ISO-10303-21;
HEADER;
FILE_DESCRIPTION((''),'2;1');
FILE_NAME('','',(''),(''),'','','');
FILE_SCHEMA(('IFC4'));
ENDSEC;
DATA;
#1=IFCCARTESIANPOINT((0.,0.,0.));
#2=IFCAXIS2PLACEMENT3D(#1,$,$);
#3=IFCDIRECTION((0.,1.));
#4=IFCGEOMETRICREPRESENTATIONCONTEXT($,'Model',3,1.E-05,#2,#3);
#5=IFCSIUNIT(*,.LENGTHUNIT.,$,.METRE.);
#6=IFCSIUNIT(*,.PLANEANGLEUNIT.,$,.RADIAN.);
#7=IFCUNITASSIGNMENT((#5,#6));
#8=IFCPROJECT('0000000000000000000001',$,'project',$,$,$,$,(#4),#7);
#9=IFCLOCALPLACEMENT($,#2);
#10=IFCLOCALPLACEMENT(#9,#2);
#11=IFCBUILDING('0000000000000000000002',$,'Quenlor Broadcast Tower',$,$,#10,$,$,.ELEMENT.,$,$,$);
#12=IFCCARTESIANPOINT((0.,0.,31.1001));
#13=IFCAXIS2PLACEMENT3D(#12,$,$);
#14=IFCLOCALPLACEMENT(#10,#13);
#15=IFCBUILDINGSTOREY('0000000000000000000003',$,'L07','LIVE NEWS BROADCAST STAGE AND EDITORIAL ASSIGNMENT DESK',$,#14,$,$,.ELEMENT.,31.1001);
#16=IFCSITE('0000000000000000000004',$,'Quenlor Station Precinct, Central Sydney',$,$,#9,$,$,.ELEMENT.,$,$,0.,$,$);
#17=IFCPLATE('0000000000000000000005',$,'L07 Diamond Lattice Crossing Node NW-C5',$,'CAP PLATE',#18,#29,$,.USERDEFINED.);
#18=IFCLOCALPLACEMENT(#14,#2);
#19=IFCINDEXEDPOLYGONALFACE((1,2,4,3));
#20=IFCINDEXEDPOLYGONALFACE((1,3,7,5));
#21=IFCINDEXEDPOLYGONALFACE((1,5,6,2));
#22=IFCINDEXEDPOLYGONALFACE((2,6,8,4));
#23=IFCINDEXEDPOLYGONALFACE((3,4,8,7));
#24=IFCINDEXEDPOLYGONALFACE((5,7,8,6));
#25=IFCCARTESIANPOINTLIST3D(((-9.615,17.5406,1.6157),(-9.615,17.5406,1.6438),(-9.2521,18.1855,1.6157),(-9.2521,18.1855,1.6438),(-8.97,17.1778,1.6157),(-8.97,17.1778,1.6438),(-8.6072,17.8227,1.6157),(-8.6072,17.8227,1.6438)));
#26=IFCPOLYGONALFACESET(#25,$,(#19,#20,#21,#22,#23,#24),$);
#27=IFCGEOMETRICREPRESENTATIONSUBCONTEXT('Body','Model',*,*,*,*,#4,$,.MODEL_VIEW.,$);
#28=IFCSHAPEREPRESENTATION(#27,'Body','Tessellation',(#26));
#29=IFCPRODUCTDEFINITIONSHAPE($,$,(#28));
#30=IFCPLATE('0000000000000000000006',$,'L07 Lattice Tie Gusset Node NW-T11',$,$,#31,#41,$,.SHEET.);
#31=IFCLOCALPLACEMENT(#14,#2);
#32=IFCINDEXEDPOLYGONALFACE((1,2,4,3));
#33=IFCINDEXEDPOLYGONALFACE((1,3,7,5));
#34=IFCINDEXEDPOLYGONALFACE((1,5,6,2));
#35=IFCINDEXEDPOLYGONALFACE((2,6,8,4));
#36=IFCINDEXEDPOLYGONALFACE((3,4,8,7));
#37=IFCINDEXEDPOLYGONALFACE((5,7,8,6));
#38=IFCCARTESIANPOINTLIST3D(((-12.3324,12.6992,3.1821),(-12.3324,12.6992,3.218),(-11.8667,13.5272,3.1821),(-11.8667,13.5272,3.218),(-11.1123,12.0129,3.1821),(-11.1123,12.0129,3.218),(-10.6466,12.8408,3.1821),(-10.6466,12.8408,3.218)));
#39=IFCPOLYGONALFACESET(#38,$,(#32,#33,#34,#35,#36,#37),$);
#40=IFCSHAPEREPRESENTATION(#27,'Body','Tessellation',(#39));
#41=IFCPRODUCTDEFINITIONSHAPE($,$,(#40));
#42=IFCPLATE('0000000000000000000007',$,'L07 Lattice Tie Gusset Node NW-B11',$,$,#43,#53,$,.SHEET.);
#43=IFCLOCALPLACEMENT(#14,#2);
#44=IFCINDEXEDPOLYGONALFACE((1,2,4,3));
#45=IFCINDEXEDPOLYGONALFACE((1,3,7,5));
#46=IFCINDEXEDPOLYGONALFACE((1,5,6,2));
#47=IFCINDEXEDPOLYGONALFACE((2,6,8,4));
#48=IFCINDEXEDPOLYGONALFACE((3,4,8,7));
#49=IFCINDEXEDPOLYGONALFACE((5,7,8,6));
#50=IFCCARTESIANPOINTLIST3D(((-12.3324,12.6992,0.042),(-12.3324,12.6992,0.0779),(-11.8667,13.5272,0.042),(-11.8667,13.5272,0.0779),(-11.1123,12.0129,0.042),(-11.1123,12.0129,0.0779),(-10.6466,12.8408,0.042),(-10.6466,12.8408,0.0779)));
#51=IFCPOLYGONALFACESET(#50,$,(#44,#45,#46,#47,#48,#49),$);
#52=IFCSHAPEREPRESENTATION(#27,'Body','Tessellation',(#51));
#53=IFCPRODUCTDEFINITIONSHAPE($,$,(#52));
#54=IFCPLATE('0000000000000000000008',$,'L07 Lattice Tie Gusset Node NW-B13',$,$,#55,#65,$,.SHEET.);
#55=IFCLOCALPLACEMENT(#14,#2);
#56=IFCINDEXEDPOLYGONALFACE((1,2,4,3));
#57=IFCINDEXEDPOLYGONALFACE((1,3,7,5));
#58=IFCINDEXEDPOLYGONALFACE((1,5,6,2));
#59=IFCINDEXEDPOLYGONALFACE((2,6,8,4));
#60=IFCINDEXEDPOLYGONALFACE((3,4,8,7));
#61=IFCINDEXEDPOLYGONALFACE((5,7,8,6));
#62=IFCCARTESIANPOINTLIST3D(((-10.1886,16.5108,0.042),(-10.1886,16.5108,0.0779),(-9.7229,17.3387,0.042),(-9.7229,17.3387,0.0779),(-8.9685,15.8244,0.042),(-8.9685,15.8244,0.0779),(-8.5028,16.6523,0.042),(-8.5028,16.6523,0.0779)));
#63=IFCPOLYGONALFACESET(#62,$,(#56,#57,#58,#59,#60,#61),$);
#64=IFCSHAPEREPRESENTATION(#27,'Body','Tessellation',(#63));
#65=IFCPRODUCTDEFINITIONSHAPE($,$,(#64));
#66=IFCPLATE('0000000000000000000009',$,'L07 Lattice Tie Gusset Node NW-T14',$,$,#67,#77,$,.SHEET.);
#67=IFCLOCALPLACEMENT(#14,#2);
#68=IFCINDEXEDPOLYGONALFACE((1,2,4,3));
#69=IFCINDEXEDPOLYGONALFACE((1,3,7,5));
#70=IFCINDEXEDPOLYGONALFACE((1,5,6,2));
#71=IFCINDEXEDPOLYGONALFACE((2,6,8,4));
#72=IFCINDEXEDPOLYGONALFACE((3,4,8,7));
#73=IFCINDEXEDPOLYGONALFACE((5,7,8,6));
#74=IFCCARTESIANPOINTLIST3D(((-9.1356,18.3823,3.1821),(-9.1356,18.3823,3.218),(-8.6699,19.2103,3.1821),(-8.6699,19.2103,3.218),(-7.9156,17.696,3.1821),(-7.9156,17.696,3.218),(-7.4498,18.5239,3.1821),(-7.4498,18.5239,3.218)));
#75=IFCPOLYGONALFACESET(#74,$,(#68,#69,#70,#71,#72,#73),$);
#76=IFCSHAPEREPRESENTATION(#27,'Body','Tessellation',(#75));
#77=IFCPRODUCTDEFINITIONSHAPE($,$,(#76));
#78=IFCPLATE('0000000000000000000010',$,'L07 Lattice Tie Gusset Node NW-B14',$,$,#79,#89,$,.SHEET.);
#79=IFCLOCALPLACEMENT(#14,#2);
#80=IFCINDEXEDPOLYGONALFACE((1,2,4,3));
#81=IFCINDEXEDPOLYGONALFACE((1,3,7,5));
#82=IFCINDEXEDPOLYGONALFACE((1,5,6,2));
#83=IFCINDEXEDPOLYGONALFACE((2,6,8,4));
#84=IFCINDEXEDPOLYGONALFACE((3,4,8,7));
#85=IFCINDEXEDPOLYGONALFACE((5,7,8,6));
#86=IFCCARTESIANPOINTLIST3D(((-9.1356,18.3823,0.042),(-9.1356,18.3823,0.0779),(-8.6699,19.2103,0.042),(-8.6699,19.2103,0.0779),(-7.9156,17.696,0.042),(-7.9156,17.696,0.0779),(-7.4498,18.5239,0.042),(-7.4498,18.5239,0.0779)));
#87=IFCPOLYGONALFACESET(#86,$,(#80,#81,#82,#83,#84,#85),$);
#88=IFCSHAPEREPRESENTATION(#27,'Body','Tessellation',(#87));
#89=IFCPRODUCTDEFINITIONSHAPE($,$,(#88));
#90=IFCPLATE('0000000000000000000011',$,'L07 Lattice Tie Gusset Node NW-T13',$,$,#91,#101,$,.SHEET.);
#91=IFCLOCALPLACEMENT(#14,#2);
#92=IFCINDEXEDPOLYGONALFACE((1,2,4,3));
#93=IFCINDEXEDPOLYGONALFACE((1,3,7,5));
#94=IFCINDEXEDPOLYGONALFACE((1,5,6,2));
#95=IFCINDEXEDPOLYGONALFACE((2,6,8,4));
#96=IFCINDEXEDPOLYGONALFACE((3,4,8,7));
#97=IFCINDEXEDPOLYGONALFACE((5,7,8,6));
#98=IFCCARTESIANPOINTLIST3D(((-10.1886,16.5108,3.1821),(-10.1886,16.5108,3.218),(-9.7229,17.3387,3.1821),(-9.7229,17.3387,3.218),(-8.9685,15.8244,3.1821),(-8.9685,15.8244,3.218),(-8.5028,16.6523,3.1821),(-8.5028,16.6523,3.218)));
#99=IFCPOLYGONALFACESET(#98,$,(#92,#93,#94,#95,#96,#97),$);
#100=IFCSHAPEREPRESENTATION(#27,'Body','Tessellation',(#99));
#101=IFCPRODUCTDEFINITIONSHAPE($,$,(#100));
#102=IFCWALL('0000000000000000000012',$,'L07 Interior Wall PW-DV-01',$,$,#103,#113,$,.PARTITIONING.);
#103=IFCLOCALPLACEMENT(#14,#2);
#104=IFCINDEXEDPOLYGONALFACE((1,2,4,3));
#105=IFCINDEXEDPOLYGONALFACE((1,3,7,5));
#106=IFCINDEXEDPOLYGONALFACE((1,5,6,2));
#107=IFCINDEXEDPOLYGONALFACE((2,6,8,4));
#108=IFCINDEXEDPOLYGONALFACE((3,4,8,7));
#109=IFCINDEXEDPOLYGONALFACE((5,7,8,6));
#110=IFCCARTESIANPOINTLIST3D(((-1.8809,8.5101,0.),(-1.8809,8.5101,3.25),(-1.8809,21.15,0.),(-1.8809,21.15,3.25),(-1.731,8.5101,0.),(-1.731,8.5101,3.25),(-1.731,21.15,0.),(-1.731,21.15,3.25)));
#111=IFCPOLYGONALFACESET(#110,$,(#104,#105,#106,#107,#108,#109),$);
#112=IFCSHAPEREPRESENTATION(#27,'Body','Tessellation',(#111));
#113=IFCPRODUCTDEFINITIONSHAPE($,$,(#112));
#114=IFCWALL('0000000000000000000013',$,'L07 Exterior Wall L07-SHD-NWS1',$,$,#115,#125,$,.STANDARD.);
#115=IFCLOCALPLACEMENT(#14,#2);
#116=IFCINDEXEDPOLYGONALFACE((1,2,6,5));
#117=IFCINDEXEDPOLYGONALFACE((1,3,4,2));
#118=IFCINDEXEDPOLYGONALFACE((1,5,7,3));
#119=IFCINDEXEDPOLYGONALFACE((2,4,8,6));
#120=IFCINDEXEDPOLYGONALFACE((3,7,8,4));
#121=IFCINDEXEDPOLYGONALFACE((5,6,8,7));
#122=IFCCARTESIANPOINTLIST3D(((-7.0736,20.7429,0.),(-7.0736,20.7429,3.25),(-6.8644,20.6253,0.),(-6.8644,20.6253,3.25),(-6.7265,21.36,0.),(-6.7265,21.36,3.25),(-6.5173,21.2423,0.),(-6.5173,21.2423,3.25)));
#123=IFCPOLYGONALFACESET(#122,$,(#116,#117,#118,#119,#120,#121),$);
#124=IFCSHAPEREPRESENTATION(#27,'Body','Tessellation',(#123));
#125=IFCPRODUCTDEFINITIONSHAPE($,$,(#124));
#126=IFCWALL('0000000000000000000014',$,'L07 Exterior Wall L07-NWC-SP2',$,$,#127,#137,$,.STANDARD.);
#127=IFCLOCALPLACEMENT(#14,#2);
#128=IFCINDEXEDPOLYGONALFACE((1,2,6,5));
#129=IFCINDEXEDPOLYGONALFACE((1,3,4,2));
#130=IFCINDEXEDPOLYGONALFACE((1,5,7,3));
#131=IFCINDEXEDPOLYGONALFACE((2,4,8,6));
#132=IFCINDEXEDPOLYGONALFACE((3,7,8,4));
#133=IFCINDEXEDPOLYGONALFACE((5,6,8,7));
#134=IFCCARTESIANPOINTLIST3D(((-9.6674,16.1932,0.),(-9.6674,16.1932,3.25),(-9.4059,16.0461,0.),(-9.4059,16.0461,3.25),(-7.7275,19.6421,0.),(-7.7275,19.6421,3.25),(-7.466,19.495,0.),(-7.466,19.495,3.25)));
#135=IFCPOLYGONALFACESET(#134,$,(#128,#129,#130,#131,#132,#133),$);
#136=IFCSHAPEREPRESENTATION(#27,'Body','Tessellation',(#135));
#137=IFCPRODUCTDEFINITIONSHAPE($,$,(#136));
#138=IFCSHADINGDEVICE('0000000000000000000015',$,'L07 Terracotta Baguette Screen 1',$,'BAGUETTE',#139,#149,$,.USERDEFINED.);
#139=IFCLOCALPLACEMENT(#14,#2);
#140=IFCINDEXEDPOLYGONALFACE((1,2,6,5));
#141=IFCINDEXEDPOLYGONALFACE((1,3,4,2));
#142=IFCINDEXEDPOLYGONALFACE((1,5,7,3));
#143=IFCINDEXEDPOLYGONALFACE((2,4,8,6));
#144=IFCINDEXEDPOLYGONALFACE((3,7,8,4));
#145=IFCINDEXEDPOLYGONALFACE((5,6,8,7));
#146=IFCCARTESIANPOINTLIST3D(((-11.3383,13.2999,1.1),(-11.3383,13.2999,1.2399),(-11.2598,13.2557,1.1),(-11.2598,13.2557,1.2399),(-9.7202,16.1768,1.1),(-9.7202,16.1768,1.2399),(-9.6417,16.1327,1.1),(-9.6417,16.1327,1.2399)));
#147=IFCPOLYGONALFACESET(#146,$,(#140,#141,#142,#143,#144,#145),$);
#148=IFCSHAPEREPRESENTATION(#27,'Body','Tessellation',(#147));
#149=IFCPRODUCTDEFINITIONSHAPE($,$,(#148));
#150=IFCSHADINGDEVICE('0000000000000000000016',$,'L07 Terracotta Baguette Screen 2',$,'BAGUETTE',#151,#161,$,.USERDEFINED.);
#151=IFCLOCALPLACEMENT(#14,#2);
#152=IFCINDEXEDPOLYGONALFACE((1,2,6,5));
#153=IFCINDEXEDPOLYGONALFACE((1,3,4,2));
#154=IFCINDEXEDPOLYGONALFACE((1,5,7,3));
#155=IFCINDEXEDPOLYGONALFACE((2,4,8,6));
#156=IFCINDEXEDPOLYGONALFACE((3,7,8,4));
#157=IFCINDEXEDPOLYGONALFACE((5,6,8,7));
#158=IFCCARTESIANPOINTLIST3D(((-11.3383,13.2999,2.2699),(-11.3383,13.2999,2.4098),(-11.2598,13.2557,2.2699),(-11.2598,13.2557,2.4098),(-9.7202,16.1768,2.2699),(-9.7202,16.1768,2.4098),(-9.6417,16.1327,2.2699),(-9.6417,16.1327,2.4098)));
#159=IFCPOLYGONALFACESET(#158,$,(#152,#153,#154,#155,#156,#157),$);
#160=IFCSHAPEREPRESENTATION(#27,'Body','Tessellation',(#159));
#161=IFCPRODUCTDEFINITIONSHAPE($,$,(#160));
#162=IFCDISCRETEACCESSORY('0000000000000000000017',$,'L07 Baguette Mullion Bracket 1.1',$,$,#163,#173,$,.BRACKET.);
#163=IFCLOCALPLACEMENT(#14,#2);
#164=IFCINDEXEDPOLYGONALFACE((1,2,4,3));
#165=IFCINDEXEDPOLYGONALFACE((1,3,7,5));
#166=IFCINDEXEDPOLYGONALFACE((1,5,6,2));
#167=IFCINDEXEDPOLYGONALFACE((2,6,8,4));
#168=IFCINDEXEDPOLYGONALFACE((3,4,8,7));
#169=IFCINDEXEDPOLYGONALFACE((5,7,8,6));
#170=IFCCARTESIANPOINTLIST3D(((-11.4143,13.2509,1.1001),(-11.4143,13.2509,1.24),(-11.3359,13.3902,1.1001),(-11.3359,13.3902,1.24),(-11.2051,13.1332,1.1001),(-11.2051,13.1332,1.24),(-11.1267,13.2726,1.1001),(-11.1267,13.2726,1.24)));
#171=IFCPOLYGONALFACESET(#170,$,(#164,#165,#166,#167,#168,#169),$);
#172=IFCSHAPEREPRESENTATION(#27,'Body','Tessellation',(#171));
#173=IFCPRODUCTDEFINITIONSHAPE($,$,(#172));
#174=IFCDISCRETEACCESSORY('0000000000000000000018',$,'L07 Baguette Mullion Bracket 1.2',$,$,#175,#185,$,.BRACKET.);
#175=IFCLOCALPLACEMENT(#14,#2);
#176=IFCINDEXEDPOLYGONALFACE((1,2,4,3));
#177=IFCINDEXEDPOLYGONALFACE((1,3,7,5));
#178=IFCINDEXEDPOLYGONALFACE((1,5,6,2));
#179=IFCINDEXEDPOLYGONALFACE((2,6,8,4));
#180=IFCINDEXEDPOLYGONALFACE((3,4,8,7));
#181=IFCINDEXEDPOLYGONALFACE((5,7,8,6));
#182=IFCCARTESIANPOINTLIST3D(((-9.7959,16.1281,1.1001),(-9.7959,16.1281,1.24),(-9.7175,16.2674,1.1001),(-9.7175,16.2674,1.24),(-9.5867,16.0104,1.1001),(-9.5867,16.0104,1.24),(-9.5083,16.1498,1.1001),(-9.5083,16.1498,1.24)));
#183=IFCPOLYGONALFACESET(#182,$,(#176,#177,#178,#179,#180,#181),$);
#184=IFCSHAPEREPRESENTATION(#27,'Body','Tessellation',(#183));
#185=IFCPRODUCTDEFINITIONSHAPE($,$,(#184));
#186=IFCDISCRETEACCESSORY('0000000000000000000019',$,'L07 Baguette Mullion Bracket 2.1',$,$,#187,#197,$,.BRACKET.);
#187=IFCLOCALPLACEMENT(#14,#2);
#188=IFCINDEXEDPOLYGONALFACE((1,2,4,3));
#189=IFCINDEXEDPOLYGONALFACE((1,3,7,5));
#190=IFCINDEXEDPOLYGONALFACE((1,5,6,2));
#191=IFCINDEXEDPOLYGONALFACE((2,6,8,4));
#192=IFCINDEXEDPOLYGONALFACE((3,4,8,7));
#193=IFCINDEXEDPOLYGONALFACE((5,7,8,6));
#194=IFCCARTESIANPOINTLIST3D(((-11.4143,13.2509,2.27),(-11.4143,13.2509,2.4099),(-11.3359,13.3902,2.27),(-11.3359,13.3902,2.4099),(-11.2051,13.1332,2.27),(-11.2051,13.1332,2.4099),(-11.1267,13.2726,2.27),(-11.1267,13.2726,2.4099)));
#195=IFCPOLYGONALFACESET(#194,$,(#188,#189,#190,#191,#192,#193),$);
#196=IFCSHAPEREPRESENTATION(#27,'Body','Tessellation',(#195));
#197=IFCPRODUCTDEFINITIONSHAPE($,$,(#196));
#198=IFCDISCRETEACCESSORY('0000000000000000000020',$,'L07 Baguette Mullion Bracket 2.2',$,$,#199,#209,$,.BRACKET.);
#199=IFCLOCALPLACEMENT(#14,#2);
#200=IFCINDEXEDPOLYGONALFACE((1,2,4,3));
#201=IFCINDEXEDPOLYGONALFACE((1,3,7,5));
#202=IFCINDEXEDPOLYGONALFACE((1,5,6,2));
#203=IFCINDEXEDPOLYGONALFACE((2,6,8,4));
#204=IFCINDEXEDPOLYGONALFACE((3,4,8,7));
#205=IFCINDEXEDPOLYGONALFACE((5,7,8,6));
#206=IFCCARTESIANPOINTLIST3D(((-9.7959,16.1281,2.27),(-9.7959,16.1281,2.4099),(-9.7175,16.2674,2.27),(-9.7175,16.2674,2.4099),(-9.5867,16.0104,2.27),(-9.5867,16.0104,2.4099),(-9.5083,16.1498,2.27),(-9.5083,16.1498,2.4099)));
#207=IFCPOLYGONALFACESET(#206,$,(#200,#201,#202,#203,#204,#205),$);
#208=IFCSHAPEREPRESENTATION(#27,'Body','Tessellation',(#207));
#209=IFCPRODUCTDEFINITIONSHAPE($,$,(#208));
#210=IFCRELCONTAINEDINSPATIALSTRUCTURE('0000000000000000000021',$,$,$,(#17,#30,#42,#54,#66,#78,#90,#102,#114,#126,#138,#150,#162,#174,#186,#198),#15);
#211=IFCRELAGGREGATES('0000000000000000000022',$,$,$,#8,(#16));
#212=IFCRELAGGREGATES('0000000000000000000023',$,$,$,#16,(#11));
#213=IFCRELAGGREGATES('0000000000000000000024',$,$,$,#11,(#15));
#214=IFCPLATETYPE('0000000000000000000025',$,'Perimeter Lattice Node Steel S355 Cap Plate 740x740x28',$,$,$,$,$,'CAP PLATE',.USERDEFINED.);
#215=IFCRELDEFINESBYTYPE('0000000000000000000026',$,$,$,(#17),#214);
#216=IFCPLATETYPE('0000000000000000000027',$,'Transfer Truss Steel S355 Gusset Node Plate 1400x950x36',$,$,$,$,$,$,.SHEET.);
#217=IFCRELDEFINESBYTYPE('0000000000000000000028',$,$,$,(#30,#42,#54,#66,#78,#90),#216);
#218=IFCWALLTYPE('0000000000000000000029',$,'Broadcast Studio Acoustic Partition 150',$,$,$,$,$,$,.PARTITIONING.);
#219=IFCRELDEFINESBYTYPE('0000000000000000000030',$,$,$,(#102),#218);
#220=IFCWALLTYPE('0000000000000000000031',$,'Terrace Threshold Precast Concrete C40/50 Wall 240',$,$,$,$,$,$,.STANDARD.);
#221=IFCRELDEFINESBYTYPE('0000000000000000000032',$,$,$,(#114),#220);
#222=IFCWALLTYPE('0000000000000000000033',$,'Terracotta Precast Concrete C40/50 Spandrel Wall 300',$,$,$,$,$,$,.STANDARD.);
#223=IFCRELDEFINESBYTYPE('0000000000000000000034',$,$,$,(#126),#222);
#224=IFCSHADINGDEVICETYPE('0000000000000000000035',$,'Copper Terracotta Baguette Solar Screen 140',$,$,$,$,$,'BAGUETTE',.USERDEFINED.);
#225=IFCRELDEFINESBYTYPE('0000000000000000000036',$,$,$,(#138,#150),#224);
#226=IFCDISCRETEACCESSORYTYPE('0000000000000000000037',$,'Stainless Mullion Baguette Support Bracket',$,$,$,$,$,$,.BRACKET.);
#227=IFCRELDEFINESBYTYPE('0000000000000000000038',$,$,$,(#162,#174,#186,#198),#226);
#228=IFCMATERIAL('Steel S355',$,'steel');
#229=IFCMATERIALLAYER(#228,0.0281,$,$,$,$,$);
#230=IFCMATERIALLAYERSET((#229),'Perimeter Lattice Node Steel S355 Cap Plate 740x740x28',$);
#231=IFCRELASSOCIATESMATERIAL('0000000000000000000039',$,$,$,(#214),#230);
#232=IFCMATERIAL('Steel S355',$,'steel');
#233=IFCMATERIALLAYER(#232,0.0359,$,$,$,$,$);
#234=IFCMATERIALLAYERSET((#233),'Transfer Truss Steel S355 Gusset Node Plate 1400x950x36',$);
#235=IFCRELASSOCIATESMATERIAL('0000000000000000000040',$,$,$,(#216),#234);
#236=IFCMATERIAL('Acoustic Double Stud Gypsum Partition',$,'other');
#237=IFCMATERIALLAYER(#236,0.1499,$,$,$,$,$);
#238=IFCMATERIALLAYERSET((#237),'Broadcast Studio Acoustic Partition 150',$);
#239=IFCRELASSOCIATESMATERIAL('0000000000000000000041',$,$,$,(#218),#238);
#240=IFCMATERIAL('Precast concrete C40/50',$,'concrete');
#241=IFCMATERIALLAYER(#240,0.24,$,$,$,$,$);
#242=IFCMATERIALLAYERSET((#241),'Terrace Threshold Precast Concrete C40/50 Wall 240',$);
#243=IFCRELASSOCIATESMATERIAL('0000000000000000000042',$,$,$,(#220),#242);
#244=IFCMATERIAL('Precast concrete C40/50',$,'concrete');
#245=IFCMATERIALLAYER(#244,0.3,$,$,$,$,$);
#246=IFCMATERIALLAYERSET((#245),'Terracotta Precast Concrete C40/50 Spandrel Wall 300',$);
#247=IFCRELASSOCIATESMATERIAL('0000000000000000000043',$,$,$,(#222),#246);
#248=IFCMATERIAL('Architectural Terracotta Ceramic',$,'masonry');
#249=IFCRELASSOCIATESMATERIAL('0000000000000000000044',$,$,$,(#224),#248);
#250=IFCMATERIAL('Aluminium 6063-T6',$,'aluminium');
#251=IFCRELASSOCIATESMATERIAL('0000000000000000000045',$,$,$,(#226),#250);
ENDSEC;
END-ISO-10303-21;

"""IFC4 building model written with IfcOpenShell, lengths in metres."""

from ifc_helpers import new_model, si_unit, direction, frame, frame_2d, origin, origin_2d, place, context, subcontext, project, spatial, rectangle, extrude, material, layer, layer_set, material_profile, profile_set, type_object, element, save


model = new_model("IFC4")

# Units and contexts
model_context = context("Model", 3, precision=1e-05, world=origin(), true_north=direction((0.0, 1.0)))
body_context = subcontext(model_context, "Body", "Model", "MODEL_VIEW")
ifc_project = project(units=[si_unit("LENGTHUNIT", "METRE"), si_unit("PLANEANGLEUNIT", "RADIAN")], contexts=[model_context])

# Site, building, storey
site_placement = place(None, origin())
site = spatial("IfcSite", under=ifc_project, at=site_placement, Name="Quenlor Station Precinct, Central Sydney", CompositionType="ELEMENT", RefElevation=0.0)
building_placement = place(site_placement, origin())
building = spatial("IfcBuilding", under=site, at=building_placement, Name="Quenlor Broadcast Tower", CompositionType="ELEMENT")
storey_placement = place(building_placement, frame((0.0, 0.0, 31.1001)))
storey = spatial("IfcBuildingStorey", under=building, at=storey_placement, Name="L07", Description="LIVE NEWS BROADCAST STAGE AND EDITORIAL ASSIGNMENT DESK", CompositionType="ELEMENT", Elevation=31.1001)

# Plates
ifc_material_1 = material(Name="Steel S355", Category="steel")
ifc_layer_1 = layer(ifc_material_1, 0.0281)
ifc_layer_set_1 = layer_set([ifc_layer_1], Name="Perimeter Lattice Node Steel S355 Cap Plate 740x740x28")
plate_type_1 = type_object("IfcPlateType", Name="Perimeter Lattice Node Steel S355 Cap Plate 740x740x28", ElementType="CAP PLATE", PredefinedType="USERDEFINED", material=ifc_layer_set_1)
for number, where, z_axis, x_axis, name in (
    (1, (-9.1111, 17.6816, 1.6157), (0.0, 0.0, 1.0), (0.490295, 0.871556, 0.0), "L07 Diamond Lattice Crossing Node NW-C5"),
):
    element("IfcPlate", number, at=place(storey_placement, frame(where, z_axis=z_axis, x_axis=x_axis)), inside=storey, type_object=plate_type_1, Name=name, ObjectType="CAP PLATE", PredefinedType="USERDEFINED", context=body_context, shape_type="SweptSolid", body=[
        extrude(rectangle(XDim=0.74, YDim=0.74, at=origin_2d()), origin(), (0.0, 0.0, 1.0), 0.0281),
    ])
ifc_material_2 = material(Name="Steel S355", Category="steel")
ifc_layer_2 = layer(ifc_material_2, 0.0359)
ifc_layer_set_2 = layer_set([ifc_layer_2], Name="Transfer Truss Steel S355 Gusset Node Plate 1400x950x36")
plate_type_2 = type_object("IfcPlateType", Name="Transfer Truss Steel S355 Gusset Node Plate 1400x950x36", PredefinedType="SHEET", material=ifc_layer_set_2)
for number, where, z_axis, x_axis, name in (
    (2, (-11.4895, 12.77, 3.1821), (0.0, 0.0, 1.0), (-0.871556, 0.490295, 0.0), "L07 Lattice Tie Gusset Node NW-T11"),
    (3, (-11.4895, 12.77, 0.042), (0.0, 0.0, 1.0), (-0.871556, 0.490295, 0.0), "L07 Lattice Tie Gusset Node NW-B11"),
    (4, (-9.3457, 16.5815, 0.042), (0.0, 0.0, 1.0), (-0.871556, 0.490295, 0.0), "L07 Lattice Tie Gusset Node NW-B13"),
    (5, (-8.2927, 18.4531, 3.1821), (0.0, 0.0, 1.0), (-0.871556, 0.490295, 0.0), "L07 Lattice Tie Gusset Node NW-T14"),
    (6, (-8.2927, 18.4531, 0.042), (0.0, 0.0, 1.0), (-0.871556, 0.490295, 0.0), "L07 Lattice Tie Gusset Node NW-B14"),
    (7, (-9.3457, 16.5815, 3.1821), (0.0, 0.0, 1.0), (-0.871556, 0.490295, 0.0), "L07 Lattice Tie Gusset Node NW-T13"),
):
    element("IfcPlate", number, at=place(storey_placement, frame(where, z_axis=z_axis, x_axis=x_axis)), inside=storey, type_object=plate_type_2, Name=name, PredefinedType="SHEET", context=body_context, shape_type="SweptSolid", body=[
        extrude(rectangle(XDim=1.3999, YDim=0.95, at=origin_2d()), origin(), (0.0, 0.0, 1.0), 0.0359),
    ])

# Walls
ifc_material_3 = material(Name="Acoustic Double Stud Gypsum Partition", Category="other")
ifc_layer_3 = layer(ifc_material_3, 0.1499)
ifc_layer_set_3 = layer_set([ifc_layer_3], Name="Broadcast Studio Acoustic Partition 150")
wall_type_1 = type_object("IfcWallType", Name="Broadcast Studio Acoustic Partition 150", PredefinedType="PARTITIONING", material=ifc_layer_set_3)
wall_1_placement = place(storey_placement, frame((-1.8059, 21.1499, 0.0), z_axis=(0.0, 0.0, 1.0), x_axis=(0.0, -1.0, 0.0)))
element("IfcWall", 8, at=wall_1_placement, inside=storey, type_object=wall_type_1, Name="L07 Interior Wall PW-DV-01", PredefinedType="PARTITIONING", context=body_context, shape_type="SweptSolid", body=[
    extrude(rectangle(XDim=12.6399, YDim=0.1499, at=frame_2d((6.3198, 0.0))), origin(), (0.0, 0.0, 1.0), 3.25),
])
ifc_material_4 = material(Name="Precast concrete C40/50", Category="concrete")
ifc_layer_4 = layer(ifc_material_4, 0.24)
ifc_layer_set_4 = layer_set([ifc_layer_4], Name="Terrace Threshold Precast Concrete C40/50 Wall 240")
wall_type_2 = type_object("IfcWallType", Name="Terrace Threshold Precast Concrete C40/50 Wall 240", PredefinedType="STANDARD", material=ifc_layer_set_4)
wall_2_placement = place(storey_placement, frame((-6.969, 20.6841, 0.0), z_axis=(0.0, 0.0, 1.0), x_axis=(0.490261, 0.871576, 0.0)))
element("IfcWall", 9, at=wall_2_placement, inside=storey, type_object=wall_type_2, Name="L07 Exterior Wall L07-SHD-NWS1", PredefinedType="STANDARD", context=body_context, shape_type="SweptSolid", body=[
    extrude(rectangle(XDim=0.708, YDim=0.24, at=frame_2d((0.354, 0.0))), origin(), (0.0, 0.0, 1.0), 3.25),
])
ifc_material_5 = material(Name="Precast concrete C40/50", Category="concrete")
ifc_layer_5 = layer(ifc_material_5, 0.3)
ifc_layer_set_5 = layer_set([ifc_layer_5], Name="Terracotta Precast Concrete C40/50 Spandrel Wall 300")
wall_type_3 = type_object("IfcWallType", Name="Terracotta Precast Concrete C40/50 Spandrel Wall 300", PredefinedType="STANDARD", material=ifc_layer_set_5)
wall_3_placement = place(storey_placement, frame((-9.5366, 16.1196, 0.0), z_axis=(0.0, 0.0, 1.0), x_axis=(0.490241, 0.871587, 0.0)))
element("IfcWall", 10, at=wall_3_placement, inside=storey, type_object=wall_type_3, Name="L07 Exterior Wall L07-NWC-SP2", PredefinedType="STANDARD", context=body_context, shape_type="SweptSolid", body=[
    extrude(rectangle(XDim=3.957, YDim=0.3, at=frame_2d((1.9785, 0.0))), origin(), (0.0, 0.0, 1.0), 3.25),
])

# Shading devices
ifc_material_6 = material(Name="Architectural Terracotta Ceramic", Category="masonry")
ifc_material_profile_1 = material_profile(ifc_material_6, rectangle(XDim=0.0901, YDim=0.1399, at=origin_2d()))
ifc_profile_set_1 = profile_set([ifc_material_profile_1], Name="Architectural Terracotta Ceramic BAG90x140")
shading_device_type = type_object("IfcShadingDeviceType", Name="Copper Terracotta Baguette Solar Screen 140", ElementType="BAGUETTE", PredefinedType="USERDEFINED", material=ifc_profile_set_1)
for number, where, z_axis, x_axis, name in (
    (11, (-11.2991, 13.2778, 1.1699), (0.490233, 0.871591, 0.0), (-0.871591, 0.490233, 0.0), "L07 Terracotta Baguette Screen 1"),
    (12, (-11.2991, 13.2778, 2.3398), (0.490233, 0.871591, 0.0), (-0.871591, 0.490233, 0.0), "L07 Terracotta Baguette Screen 2"),
):
    element("IfcShadingDevice", number, at=place(storey_placement, frame(where, z_axis=z_axis, x_axis=x_axis)), inside=storey, type_object=shading_device_type, Name=name, ObjectType="BAGUETTE", PredefinedType="USERDEFINED", context=body_context, shape_type="SweptSolid", body=[
        extrude(rectangle(XDim=0.0901, YDim=0.1399, at=origin_2d()), origin(), (0.0, 0.0, 1.0), 3.3008),
    ])

# Discrete accessories
ifc_material_7 = material(Name="Aluminium 6063-T6", Category="aluminium")
discrete_accessory_type = type_object("IfcDiscreteAccessoryType", Name="Stainless Mullion Baguette Support Bracket", PredefinedType="BRACKET", material=ifc_material_7)
for number, where, z_axis, x_axis, name in (
    (13, (-11.2705, 13.2617, 1.1001), (0.0, 0.0, 1.0), (0.490244, 0.871585, 0.0), "L07 Baguette Mullion Bracket 1.1"),
    (14, (-9.6521, 16.1389, 1.1001), (0.0, 0.0, 1.0), (0.490244, 0.871585, 0.0), "L07 Baguette Mullion Bracket 1.2"),
    (15, (-11.2705, 13.2617, 2.27), (0.0, 0.0, 1.0), (0.490244, 0.871585, 0.0), "L07 Baguette Mullion Bracket 2.1"),
    (16, (-9.6521, 16.1389, 2.27), (0.0, 0.0, 1.0), (0.490244, 0.871585, 0.0), "L07 Baguette Mullion Bracket 2.2"),
):
    element("IfcDiscreteAccessory", number, at=place(storey_placement, frame(where, z_axis=z_axis, x_axis=x_axis)), inside=storey, type_object=discrete_accessory_type, Name=name, PredefinedType="BRACKET", context=body_context, shape_type="SweptSolid", body=[
        extrude(rectangle(XDim=0.1599, YDim=0.24, at=origin_2d()), origin(), (0.0, 0.0, 1.0), 0.1399),
    ])

save(model, "model.ifc")
